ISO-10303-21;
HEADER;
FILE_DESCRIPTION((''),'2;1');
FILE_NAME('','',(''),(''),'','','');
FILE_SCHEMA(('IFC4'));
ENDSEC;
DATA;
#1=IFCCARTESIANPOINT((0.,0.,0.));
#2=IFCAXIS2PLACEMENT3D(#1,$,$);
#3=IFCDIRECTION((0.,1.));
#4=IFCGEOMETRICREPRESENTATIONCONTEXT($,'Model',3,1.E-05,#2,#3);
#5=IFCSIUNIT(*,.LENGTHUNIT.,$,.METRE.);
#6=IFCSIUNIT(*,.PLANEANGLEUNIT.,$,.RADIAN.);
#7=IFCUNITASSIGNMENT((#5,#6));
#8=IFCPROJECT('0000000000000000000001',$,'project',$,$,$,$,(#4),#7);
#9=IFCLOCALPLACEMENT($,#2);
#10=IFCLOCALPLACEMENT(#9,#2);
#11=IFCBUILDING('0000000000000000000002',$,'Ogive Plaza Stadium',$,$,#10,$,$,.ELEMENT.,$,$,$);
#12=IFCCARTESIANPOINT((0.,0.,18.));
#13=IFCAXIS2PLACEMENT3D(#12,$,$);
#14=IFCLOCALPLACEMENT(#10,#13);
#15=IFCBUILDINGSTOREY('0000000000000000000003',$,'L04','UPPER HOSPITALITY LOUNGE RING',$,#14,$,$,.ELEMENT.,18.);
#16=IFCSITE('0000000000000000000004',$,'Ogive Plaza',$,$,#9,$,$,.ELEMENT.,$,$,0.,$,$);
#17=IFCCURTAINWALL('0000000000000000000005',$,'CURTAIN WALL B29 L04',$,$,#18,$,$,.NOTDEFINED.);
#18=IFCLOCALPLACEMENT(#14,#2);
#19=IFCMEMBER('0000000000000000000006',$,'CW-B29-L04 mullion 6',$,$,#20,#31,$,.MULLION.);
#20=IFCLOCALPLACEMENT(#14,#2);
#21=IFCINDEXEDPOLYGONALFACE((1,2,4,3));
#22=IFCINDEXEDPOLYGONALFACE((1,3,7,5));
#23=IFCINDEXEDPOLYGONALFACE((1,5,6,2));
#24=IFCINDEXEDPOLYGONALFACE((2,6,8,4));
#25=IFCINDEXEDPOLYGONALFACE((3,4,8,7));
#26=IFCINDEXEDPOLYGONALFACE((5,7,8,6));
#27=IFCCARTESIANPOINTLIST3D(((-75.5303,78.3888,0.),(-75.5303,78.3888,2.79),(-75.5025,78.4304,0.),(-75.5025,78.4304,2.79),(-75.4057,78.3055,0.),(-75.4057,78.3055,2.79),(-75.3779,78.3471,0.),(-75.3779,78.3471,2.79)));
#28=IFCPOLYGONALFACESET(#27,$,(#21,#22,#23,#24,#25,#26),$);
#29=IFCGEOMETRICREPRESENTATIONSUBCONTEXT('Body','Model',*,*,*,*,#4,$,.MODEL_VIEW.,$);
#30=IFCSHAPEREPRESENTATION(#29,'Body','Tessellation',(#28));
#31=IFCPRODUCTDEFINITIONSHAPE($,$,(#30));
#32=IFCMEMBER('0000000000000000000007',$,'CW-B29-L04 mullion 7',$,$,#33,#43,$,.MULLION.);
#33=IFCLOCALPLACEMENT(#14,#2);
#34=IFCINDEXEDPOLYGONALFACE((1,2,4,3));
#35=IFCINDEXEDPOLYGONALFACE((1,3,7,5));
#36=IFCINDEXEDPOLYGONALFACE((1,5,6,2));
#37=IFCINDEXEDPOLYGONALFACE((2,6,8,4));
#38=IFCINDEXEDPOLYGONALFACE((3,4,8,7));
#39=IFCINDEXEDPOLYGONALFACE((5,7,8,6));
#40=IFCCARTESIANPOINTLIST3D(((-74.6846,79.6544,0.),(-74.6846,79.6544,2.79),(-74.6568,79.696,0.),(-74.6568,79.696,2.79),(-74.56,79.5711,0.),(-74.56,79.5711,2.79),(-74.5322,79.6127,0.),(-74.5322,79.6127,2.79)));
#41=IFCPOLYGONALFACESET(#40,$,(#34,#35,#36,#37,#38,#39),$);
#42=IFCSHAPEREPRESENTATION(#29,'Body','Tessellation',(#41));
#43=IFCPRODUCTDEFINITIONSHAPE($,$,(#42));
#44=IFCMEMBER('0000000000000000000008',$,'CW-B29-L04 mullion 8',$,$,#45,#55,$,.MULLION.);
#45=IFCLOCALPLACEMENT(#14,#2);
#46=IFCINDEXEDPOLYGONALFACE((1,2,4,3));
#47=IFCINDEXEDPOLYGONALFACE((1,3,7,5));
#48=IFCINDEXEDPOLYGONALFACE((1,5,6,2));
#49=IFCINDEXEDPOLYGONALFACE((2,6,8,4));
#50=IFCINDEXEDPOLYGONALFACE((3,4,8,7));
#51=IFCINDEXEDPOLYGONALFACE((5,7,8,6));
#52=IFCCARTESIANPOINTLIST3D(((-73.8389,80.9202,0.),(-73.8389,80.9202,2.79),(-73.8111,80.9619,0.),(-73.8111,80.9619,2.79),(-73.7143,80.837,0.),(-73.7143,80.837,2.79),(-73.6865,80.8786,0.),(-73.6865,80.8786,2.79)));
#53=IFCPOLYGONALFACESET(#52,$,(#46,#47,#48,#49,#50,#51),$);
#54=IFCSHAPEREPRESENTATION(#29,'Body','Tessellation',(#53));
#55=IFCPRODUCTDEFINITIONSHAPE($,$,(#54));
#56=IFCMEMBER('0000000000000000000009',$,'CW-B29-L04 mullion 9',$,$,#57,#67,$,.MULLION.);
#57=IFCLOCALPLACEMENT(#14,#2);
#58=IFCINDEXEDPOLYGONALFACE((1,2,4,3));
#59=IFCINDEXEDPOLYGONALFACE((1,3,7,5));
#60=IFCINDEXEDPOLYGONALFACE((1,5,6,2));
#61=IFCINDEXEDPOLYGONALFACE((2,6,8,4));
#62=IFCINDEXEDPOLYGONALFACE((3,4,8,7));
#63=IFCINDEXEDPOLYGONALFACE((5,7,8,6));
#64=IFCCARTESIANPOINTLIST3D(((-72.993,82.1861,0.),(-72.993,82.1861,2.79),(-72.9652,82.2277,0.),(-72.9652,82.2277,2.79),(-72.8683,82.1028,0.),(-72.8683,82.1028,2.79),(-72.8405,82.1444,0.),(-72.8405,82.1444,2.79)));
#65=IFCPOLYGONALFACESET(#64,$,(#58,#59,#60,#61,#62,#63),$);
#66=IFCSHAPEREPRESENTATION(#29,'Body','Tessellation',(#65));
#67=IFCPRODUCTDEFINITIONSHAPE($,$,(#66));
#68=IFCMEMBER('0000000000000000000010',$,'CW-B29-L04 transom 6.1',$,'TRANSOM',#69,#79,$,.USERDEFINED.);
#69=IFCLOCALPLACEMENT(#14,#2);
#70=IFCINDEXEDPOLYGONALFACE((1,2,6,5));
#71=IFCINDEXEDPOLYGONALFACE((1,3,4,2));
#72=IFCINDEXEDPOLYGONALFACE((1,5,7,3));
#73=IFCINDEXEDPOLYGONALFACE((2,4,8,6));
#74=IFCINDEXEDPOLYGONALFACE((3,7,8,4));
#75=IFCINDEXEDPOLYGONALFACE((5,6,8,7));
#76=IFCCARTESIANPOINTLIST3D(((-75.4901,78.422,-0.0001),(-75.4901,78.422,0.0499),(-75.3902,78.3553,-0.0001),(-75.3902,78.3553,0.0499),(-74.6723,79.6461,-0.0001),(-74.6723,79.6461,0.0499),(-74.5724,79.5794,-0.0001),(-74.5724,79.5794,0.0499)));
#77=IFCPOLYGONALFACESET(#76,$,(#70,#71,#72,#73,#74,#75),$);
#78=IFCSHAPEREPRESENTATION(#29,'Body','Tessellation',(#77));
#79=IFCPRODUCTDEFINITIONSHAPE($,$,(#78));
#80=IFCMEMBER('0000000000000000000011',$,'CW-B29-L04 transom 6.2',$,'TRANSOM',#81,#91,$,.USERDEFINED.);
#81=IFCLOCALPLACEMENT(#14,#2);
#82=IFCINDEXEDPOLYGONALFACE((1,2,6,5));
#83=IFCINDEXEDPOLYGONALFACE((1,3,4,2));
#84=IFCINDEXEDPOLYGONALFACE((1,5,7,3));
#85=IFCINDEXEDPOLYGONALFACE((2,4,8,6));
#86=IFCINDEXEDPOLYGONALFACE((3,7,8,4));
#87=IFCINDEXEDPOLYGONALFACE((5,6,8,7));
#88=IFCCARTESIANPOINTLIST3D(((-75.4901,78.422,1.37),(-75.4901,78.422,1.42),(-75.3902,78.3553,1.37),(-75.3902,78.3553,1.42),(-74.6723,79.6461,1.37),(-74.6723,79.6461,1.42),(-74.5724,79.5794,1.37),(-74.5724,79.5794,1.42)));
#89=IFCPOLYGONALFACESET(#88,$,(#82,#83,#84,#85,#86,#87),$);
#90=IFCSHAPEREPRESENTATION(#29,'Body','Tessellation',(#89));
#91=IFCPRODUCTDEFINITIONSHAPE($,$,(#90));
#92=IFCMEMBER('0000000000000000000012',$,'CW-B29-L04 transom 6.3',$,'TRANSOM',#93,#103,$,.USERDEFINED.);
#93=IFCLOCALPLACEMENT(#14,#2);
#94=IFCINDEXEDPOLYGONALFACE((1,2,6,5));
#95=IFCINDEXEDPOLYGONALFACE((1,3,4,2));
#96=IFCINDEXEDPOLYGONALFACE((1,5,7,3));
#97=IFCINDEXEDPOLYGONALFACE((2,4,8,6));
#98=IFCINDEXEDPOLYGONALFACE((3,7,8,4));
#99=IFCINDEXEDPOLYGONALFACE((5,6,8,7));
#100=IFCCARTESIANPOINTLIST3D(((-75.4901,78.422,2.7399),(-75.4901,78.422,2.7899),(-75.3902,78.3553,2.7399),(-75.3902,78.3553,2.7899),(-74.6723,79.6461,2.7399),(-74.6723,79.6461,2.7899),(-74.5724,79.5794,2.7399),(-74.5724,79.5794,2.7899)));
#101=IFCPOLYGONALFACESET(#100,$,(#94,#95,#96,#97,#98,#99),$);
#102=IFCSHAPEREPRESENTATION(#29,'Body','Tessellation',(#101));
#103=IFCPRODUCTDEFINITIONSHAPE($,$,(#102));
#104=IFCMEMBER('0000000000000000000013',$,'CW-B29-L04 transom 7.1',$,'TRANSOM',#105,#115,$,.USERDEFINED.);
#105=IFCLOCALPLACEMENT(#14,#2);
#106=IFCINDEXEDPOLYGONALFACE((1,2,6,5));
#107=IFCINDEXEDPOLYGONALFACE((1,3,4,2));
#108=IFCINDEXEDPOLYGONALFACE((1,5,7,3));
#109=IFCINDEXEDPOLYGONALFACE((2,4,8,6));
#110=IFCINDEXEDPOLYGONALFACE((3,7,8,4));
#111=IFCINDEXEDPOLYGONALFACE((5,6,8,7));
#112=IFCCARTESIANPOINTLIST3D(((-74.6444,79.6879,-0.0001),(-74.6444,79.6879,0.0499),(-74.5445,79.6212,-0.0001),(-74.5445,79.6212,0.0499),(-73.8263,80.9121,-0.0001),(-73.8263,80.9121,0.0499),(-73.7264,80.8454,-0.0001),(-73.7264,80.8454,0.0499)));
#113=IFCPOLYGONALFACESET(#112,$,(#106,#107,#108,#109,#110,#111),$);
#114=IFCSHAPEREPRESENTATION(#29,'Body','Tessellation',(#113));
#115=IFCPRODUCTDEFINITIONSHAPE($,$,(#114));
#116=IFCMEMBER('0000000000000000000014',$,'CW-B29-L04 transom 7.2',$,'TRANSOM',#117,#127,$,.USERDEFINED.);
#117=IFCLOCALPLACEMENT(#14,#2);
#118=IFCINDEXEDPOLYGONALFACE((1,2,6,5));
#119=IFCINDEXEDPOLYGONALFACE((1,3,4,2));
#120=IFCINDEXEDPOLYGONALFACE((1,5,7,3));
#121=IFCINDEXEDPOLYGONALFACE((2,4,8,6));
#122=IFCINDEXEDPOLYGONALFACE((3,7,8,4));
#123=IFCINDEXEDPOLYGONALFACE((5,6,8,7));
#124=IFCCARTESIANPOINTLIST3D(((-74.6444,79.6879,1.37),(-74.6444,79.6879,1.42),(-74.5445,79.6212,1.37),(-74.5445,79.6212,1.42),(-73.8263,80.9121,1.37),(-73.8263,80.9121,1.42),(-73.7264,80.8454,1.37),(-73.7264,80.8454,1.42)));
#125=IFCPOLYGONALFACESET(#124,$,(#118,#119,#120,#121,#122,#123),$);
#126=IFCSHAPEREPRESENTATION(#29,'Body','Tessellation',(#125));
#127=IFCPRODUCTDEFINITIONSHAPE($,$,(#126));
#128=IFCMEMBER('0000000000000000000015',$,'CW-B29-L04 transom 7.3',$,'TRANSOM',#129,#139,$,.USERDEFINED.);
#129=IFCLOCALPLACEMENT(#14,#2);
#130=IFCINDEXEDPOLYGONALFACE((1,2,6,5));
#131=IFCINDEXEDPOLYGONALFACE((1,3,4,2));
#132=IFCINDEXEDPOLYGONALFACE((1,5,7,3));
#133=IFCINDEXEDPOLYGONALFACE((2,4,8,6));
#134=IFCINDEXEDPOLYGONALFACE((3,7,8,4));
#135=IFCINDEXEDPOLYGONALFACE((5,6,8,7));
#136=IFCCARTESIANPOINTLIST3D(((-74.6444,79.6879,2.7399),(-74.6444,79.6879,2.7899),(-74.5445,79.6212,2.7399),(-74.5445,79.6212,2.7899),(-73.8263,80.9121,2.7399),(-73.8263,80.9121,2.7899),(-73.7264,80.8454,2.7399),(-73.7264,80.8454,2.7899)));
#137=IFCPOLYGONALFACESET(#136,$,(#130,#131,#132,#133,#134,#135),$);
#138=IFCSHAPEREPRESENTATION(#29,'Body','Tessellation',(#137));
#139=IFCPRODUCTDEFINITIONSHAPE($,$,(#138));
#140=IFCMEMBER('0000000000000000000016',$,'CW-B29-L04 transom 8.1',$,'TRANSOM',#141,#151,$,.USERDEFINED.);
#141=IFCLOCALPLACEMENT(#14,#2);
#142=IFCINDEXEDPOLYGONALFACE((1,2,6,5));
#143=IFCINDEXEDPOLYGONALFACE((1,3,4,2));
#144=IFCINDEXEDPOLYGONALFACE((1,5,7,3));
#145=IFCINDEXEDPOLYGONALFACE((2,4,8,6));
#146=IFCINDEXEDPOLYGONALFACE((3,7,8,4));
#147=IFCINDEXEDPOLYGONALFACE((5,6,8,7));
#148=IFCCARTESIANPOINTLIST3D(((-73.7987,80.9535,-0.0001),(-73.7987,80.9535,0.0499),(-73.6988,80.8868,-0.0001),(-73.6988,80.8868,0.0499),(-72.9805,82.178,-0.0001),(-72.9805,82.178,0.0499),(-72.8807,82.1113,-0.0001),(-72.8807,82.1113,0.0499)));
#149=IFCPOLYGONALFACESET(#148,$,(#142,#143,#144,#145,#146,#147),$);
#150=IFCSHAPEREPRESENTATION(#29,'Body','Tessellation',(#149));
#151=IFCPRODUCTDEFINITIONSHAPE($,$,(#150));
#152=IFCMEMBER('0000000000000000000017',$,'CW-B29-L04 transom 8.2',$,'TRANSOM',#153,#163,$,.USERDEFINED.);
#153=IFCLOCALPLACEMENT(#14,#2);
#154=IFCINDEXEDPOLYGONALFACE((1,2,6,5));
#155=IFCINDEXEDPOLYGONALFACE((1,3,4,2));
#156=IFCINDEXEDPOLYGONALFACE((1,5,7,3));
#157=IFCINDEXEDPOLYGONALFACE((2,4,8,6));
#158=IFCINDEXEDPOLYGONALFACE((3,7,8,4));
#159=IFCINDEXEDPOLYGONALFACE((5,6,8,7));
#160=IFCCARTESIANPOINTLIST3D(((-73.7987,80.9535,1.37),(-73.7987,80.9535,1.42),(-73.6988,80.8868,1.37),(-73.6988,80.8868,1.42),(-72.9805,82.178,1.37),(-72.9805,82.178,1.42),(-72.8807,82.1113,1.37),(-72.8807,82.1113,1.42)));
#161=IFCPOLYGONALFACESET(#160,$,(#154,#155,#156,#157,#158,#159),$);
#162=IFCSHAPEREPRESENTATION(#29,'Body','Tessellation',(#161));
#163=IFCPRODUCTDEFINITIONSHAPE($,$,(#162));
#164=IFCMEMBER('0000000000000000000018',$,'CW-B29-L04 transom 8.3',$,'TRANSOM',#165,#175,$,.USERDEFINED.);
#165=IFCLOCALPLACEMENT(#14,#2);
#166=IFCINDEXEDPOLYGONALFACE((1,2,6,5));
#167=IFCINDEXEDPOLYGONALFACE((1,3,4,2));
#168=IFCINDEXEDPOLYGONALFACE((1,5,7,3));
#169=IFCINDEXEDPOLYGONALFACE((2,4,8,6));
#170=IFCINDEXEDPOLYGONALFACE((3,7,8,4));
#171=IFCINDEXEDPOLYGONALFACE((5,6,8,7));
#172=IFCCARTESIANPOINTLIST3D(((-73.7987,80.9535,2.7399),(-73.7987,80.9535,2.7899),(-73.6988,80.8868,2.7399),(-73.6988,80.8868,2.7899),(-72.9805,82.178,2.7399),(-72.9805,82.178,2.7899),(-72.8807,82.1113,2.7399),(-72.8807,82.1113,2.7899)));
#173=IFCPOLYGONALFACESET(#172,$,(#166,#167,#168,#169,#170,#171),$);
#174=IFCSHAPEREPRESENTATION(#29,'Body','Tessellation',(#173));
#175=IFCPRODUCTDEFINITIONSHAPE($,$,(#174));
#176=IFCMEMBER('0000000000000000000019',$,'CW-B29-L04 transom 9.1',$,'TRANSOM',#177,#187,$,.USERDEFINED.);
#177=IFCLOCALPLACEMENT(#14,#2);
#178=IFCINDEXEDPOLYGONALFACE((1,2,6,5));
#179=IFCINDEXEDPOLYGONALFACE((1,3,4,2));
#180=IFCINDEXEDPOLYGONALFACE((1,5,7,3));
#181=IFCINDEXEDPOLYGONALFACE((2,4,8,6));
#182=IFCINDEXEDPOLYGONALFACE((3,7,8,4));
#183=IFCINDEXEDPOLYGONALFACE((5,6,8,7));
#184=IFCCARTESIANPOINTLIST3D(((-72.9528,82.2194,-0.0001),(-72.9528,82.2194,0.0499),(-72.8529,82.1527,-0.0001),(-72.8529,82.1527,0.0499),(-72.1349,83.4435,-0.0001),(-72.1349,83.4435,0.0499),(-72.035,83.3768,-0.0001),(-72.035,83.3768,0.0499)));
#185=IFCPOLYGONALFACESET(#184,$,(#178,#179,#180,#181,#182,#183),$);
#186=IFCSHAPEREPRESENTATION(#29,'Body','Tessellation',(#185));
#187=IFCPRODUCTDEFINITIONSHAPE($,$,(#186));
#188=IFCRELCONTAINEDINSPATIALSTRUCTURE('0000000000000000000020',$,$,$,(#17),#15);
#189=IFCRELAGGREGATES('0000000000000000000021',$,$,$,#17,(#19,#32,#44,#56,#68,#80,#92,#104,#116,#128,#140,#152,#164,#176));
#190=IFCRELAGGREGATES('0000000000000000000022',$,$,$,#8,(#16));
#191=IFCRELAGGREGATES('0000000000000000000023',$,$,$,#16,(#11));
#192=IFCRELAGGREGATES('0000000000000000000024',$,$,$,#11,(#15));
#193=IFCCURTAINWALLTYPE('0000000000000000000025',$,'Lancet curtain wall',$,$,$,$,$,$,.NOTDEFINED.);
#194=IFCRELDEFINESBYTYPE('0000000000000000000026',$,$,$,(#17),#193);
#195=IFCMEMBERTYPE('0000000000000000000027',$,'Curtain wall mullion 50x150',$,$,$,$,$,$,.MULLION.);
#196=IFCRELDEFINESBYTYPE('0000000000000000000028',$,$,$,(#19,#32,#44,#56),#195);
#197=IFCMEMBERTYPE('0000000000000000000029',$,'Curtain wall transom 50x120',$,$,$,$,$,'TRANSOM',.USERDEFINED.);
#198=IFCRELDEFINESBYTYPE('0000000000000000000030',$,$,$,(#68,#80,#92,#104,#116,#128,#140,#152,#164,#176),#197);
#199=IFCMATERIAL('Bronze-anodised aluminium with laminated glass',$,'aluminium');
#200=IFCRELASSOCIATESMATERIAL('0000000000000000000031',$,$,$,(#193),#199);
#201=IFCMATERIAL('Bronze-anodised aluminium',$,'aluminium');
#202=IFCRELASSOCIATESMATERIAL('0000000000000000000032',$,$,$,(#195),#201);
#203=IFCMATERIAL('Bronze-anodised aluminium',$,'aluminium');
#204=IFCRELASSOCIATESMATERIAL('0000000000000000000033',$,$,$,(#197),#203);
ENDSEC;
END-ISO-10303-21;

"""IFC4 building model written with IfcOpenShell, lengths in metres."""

from ifc_helpers import new_model, si_unit, direction, frame, origin, origin_2d, place, context, subcontext, project, spatial, rectangle, extrude, material, material_profile, profile_set, type_object, element, aggregate, save


model = new_model("IFC4")

# Units and contexts
model_context = context("Model", 3, precision=1e-05, world=origin(), true_north=direction((0.0, 1.0)))
body_context = subcontext(model_context, "Body", "Model", "MODEL_VIEW")
ifc_project = project(units=[si_unit("LENGTHUNIT", "METRE"), si_unit("PLANEANGLEUNIT", "RADIAN")], contexts=[model_context])

# Site, building, storey
site_placement = place(None, origin())
site = spatial("IfcSite", under=ifc_project, at=site_placement, Name="Ogive Plaza", CompositionType="ELEMENT", RefElevation=0.0)
building_placement = place(site_placement, origin())
building = spatial("IfcBuilding", under=site, at=building_placement, Name="Ogive Plaza Stadium", CompositionType="ELEMENT")
storey_placement = place(building_placement, frame((0.0, 0.0, 18.0)))
storey = spatial("IfcBuildingStorey", under=building, at=storey_placement, Name="L04", Description="UPPER HOSPITALITY LOUNGE RING", CompositionType="ELEMENT", Elevation=18.0)

# Curtain wall, members
ifc_material_1 = material(Name="Bronze-anodised aluminium with laminated glass", Category="aluminium")
curtain_wall_type = type_object("IfcCurtainWallType", Name="Lancet curtain wall", PredefinedType="NOTDEFINED", material=ifc_material_1)
curtain_wall_placement = place(storey_placement, origin())
curtain_wall = element("IfcCurtainWall", 1, at=curtain_wall_placement, inside=storey, type_object=curtain_wall_type, Name="CURTAIN WALL B29 L04", PredefinedType="NOTDEFINED")
ifc_material_2 = material(Name="Bronze-anodised aluminium", Category="aluminium")
ifc_material_profile_1 = material_profile(ifc_material_2, rectangle(XDim=0.1499, YDim=0.05, at=origin_2d()), Name="AL 150x50")
ifc_profile_set_1 = profile_set([ifc_material_profile_1], Name="Bronze-anodised aluminium")
member_type_1 = type_object("IfcMemberType", Name="Curtain wall mullion 50x150", PredefinedType="MULLION", material=ifc_profile_set_1)
member_1_placement = place(storey_placement, frame((-75.4541, 78.3679, 0.0), z_axis=(0.0, 0.0, 1.0), x_axis=(-0.83147, 0.55557, 0.0)))
member_1 = element("IfcMember", 2, at=member_1_placement, type_object=member_type_1, Name="CW-B29-L04 mullion 6", PredefinedType="MULLION", context=body_context, shape_type="SweptSolid", body=[
    extrude(rectangle(XDim=0.1499, YDim=0.05, at=origin_2d()), origin(), (0.0, 0.0, 1.0), 2.79),
])
member_2_placement = place(storey_placement, frame((-74.6084, 79.6335, 0.0), z_axis=(0.0, 0.0, 1.0), x_axis=(-0.83147, 0.55557, 0.0)))
member_2 = element("IfcMember", 3, at=member_2_placement, type_object=member_type_1, Name="CW-B29-L04 mullion 7", PredefinedType="MULLION", context=body_context, shape_type="SweptSolid", body=[
    extrude(rectangle(XDim=0.1499, YDim=0.05, at=origin_2d()), origin(), (0.0, 0.0, 1.0), 2.79),
])
member_3_placement = place(storey_placement, frame((-73.7627, 80.8994, 0.0), z_axis=(0.0, 0.0, 1.0), x_axis=(-0.83147, 0.55557, 0.0)))
member_3 = element("IfcMember", 4, at=member_3_placement, type_object=member_type_1, Name="CW-B29-L04 mullion 8", PredefinedType="MULLION", context=body_context, shape_type="SweptSolid", body=[
    extrude(rectangle(XDim=0.1499, YDim=0.05, at=origin_2d()), origin(), (0.0, 0.0, 1.0), 2.79),
])
member_4_placement = place(storey_placement, frame((-72.9167, 82.1653, 0.0), z_axis=(0.0, 0.0, 1.0), x_axis=(-0.83147, 0.55557, 0.0)))
member_4 = element("IfcMember", 5, at=member_4_placement, type_object=member_type_1, Name="CW-B29-L04 mullion 9", PredefinedType="MULLION", context=body_context, shape_type="SweptSolid", body=[
    extrude(rectangle(XDim=0.1499, YDim=0.05, at=origin_2d()), origin(), (0.0, 0.0, 1.0), 2.79),
])
ifc_material_3 = material(Name="Bronze-anodised aluminium", Category="aluminium")
ifc_material_profile_2 = material_profile(ifc_material_3, rectangle(XDim=0.1201, YDim=0.05, at=origin_2d()), Name="AL 120x50")
ifc_profile_set_2 = profile_set([ifc_material_profile_2], Name="Bronze-anodised aluminium")
member_type_2 = type_object("IfcMemberType", Name="Curtain wall transom 50x120", ElementType="TRANSOM", PredefinedType="USERDEFINED", material=ifc_profile_set_2)
member_5_placement = place(storey_placement, frame((-75.4402, 78.3887, 0.0249), z_axis=(0.555542, 0.831489, 0.0), x_axis=(-0.831489, 0.555542, 0.0)))
member_5 = element("IfcMember", 6, at=member_5_placement, type_object=member_type_2, Name="CW-B29-L04 transom 6.1", ObjectType="TRANSOM", PredefinedType="USERDEFINED", context=body_context, shape_type="SweptSolid", body=[
    extrude(rectangle(XDim=0.1201, YDim=0.05, at=origin_2d()), origin(), (0.0, 0.0, 1.0), 1.4722),
])
member_6_placement = place(storey_placement, frame((-75.4402, 78.3887, 1.395), z_axis=(0.555542, 0.831489, 0.0), x_axis=(-0.831489, 0.555542, 0.0)))
member_6 = element("IfcMember", 7, at=member_6_placement, type_object=member_type_2, Name="CW-B29-L04 transom 6.2", ObjectType="TRANSOM", PredefinedType="USERDEFINED", context=body_context, shape_type="SweptSolid", body=[
    extrude(rectangle(XDim=0.1201, YDim=0.05, at=origin_2d()), origin(), (0.0, 0.0, 1.0), 1.4722),
])
member_7_placement = place(storey_placement, frame((-75.4402, 78.3887, 2.7649), z_axis=(0.555542, 0.831489, 0.0), x_axis=(-0.831489, 0.555542, 0.0)))
member_7 = element("IfcMember", 8, at=member_7_placement, type_object=member_type_2, Name="CW-B29-L04 transom 6.3", ObjectType="TRANSOM", PredefinedType="USERDEFINED", context=body_context, shape_type="SweptSolid", body=[
    extrude(rectangle(XDim=0.1201, YDim=0.05, at=origin_2d()), origin(), (0.0, 0.0, 1.0), 1.4722),
])
member_8_placement = place(storey_placement, frame((-74.5945, 79.6545, 0.0249), z_axis=(0.555656, 0.831412, 0.0), x_axis=(-0.831412, 0.555656, 0.0)))
member_8 = element("IfcMember", 9, at=member_8_placement, type_object=member_type_2, Name="CW-B29-L04 transom 7.1", ObjectType="TRANSOM", PredefinedType="USERDEFINED", context=body_context, shape_type="SweptSolid", body=[
    extrude(rectangle(XDim=0.1201, YDim=0.05, at=origin_2d()), origin(), (0.0, 0.0, 1.0), 1.4724),
])
member_9_placement = place(storey_placement, frame((-74.5945, 79.6545, 1.395), z_axis=(0.555656, 0.831412, 0.0), x_axis=(-0.831412, 0.555656, 0.0)))
member_9 = element("IfcMember", 10, at=member_9_placement, type_object=member_type_2, Name="CW-B29-L04 transom 7.2", ObjectType="TRANSOM", PredefinedType="USERDEFINED", context=body_context, shape_type="SweptSolid", body=[
    extrude(rectangle(XDim=0.1201, YDim=0.05, at=origin_2d()), origin(), (0.0, 0.0, 1.0), 1.4724),
])
member_10_placement = place(storey_placement, frame((-74.5945, 79.6545, 2.7649), z_axis=(0.555656, 0.831412, 0.0), x_axis=(-0.831412, 0.555656, 0.0)))
member_10 = element("IfcMember", 11, at=member_10_placement, type_object=member_type_2, Name="CW-B29-L04 transom 7.3", ObjectType="TRANSOM", PredefinedType="USERDEFINED", context=body_context, shape_type="SweptSolid", body=[
    extrude(rectangle(XDim=0.1201, YDim=0.05, at=origin_2d()), origin(), (0.0, 0.0, 1.0), 1.4724),
])
member_11_placement = place(storey_placement, frame((-73.7488, 80.9202, 0.0249), z_axis=(0.55558, 0.831463, 0.0), x_axis=(-0.831463, 0.55558, 0.0)))
member_11 = element("IfcMember", 12, at=member_11_placement, type_object=member_type_2, Name="CW-B29-L04 transom 8.1", ObjectType="TRANSOM", PredefinedType="USERDEFINED", context=body_context, shape_type="SweptSolid", body=[
    extrude(rectangle(XDim=0.1201, YDim=0.05, at=origin_2d()), origin(), (0.0, 0.0, 1.0), 1.4727),
])
member_12_placement = place(storey_placement, frame((-73.7488, 80.9202, 1.395), z_axis=(0.55558, 0.831463, 0.0), x_axis=(-0.831463, 0.55558, 0.0)))
member_12 = element("IfcMember", 13, at=member_12_placement, type_object=member_type_2, Name="CW-B29-L04 transom 8.2", ObjectType="TRANSOM", PredefinedType="USERDEFINED", context=body_context, shape_type="SweptSolid", body=[
    extrude(rectangle(XDim=0.1201, YDim=0.05, at=origin_2d()), origin(), (0.0, 0.0, 1.0), 1.4727),
])
member_13_placement = place(storey_placement, frame((-73.7488, 80.9202, 2.7649), z_axis=(0.55558, 0.831463, 0.0), x_axis=(-0.831463, 0.55558, 0.0)))
member_13 = element("IfcMember", 14, at=member_13_placement, type_object=member_type_2, Name="CW-B29-L04 transom 8.3", ObjectType="TRANSOM", PredefinedType="USERDEFINED", context=body_context, shape_type="SweptSolid", body=[
    extrude(rectangle(XDim=0.1201, YDim=0.05, at=origin_2d()), origin(), (0.0, 0.0, 1.0), 1.4727),
])
member_14_placement = place(storey_placement, frame((-72.9028, 82.186, 0.0249), z_axis=(0.555542, 0.831489, 0.0), x_axis=(-0.831489, 0.555542, 0.0)))
member_14 = element("IfcMember", 15, at=member_14_placement, type_object=member_type_2, Name="CW-B29-L04 transom 9.1", ObjectType="TRANSOM", PredefinedType="USERDEFINED", context=body_context, shape_type="SweptSolid", body=[
    extrude(rectangle(XDim=0.1201, YDim=0.05, at=origin_2d()), origin(), (0.0, 0.0, 1.0), 1.4722),
])
aggregate(curtain_wall, [member_1, member_2, member_3, member_4, member_5, member_6, member_7, member_8, member_9, member_10, member_11, member_12, member_13, member_14])

save(model, "model.ifc")
